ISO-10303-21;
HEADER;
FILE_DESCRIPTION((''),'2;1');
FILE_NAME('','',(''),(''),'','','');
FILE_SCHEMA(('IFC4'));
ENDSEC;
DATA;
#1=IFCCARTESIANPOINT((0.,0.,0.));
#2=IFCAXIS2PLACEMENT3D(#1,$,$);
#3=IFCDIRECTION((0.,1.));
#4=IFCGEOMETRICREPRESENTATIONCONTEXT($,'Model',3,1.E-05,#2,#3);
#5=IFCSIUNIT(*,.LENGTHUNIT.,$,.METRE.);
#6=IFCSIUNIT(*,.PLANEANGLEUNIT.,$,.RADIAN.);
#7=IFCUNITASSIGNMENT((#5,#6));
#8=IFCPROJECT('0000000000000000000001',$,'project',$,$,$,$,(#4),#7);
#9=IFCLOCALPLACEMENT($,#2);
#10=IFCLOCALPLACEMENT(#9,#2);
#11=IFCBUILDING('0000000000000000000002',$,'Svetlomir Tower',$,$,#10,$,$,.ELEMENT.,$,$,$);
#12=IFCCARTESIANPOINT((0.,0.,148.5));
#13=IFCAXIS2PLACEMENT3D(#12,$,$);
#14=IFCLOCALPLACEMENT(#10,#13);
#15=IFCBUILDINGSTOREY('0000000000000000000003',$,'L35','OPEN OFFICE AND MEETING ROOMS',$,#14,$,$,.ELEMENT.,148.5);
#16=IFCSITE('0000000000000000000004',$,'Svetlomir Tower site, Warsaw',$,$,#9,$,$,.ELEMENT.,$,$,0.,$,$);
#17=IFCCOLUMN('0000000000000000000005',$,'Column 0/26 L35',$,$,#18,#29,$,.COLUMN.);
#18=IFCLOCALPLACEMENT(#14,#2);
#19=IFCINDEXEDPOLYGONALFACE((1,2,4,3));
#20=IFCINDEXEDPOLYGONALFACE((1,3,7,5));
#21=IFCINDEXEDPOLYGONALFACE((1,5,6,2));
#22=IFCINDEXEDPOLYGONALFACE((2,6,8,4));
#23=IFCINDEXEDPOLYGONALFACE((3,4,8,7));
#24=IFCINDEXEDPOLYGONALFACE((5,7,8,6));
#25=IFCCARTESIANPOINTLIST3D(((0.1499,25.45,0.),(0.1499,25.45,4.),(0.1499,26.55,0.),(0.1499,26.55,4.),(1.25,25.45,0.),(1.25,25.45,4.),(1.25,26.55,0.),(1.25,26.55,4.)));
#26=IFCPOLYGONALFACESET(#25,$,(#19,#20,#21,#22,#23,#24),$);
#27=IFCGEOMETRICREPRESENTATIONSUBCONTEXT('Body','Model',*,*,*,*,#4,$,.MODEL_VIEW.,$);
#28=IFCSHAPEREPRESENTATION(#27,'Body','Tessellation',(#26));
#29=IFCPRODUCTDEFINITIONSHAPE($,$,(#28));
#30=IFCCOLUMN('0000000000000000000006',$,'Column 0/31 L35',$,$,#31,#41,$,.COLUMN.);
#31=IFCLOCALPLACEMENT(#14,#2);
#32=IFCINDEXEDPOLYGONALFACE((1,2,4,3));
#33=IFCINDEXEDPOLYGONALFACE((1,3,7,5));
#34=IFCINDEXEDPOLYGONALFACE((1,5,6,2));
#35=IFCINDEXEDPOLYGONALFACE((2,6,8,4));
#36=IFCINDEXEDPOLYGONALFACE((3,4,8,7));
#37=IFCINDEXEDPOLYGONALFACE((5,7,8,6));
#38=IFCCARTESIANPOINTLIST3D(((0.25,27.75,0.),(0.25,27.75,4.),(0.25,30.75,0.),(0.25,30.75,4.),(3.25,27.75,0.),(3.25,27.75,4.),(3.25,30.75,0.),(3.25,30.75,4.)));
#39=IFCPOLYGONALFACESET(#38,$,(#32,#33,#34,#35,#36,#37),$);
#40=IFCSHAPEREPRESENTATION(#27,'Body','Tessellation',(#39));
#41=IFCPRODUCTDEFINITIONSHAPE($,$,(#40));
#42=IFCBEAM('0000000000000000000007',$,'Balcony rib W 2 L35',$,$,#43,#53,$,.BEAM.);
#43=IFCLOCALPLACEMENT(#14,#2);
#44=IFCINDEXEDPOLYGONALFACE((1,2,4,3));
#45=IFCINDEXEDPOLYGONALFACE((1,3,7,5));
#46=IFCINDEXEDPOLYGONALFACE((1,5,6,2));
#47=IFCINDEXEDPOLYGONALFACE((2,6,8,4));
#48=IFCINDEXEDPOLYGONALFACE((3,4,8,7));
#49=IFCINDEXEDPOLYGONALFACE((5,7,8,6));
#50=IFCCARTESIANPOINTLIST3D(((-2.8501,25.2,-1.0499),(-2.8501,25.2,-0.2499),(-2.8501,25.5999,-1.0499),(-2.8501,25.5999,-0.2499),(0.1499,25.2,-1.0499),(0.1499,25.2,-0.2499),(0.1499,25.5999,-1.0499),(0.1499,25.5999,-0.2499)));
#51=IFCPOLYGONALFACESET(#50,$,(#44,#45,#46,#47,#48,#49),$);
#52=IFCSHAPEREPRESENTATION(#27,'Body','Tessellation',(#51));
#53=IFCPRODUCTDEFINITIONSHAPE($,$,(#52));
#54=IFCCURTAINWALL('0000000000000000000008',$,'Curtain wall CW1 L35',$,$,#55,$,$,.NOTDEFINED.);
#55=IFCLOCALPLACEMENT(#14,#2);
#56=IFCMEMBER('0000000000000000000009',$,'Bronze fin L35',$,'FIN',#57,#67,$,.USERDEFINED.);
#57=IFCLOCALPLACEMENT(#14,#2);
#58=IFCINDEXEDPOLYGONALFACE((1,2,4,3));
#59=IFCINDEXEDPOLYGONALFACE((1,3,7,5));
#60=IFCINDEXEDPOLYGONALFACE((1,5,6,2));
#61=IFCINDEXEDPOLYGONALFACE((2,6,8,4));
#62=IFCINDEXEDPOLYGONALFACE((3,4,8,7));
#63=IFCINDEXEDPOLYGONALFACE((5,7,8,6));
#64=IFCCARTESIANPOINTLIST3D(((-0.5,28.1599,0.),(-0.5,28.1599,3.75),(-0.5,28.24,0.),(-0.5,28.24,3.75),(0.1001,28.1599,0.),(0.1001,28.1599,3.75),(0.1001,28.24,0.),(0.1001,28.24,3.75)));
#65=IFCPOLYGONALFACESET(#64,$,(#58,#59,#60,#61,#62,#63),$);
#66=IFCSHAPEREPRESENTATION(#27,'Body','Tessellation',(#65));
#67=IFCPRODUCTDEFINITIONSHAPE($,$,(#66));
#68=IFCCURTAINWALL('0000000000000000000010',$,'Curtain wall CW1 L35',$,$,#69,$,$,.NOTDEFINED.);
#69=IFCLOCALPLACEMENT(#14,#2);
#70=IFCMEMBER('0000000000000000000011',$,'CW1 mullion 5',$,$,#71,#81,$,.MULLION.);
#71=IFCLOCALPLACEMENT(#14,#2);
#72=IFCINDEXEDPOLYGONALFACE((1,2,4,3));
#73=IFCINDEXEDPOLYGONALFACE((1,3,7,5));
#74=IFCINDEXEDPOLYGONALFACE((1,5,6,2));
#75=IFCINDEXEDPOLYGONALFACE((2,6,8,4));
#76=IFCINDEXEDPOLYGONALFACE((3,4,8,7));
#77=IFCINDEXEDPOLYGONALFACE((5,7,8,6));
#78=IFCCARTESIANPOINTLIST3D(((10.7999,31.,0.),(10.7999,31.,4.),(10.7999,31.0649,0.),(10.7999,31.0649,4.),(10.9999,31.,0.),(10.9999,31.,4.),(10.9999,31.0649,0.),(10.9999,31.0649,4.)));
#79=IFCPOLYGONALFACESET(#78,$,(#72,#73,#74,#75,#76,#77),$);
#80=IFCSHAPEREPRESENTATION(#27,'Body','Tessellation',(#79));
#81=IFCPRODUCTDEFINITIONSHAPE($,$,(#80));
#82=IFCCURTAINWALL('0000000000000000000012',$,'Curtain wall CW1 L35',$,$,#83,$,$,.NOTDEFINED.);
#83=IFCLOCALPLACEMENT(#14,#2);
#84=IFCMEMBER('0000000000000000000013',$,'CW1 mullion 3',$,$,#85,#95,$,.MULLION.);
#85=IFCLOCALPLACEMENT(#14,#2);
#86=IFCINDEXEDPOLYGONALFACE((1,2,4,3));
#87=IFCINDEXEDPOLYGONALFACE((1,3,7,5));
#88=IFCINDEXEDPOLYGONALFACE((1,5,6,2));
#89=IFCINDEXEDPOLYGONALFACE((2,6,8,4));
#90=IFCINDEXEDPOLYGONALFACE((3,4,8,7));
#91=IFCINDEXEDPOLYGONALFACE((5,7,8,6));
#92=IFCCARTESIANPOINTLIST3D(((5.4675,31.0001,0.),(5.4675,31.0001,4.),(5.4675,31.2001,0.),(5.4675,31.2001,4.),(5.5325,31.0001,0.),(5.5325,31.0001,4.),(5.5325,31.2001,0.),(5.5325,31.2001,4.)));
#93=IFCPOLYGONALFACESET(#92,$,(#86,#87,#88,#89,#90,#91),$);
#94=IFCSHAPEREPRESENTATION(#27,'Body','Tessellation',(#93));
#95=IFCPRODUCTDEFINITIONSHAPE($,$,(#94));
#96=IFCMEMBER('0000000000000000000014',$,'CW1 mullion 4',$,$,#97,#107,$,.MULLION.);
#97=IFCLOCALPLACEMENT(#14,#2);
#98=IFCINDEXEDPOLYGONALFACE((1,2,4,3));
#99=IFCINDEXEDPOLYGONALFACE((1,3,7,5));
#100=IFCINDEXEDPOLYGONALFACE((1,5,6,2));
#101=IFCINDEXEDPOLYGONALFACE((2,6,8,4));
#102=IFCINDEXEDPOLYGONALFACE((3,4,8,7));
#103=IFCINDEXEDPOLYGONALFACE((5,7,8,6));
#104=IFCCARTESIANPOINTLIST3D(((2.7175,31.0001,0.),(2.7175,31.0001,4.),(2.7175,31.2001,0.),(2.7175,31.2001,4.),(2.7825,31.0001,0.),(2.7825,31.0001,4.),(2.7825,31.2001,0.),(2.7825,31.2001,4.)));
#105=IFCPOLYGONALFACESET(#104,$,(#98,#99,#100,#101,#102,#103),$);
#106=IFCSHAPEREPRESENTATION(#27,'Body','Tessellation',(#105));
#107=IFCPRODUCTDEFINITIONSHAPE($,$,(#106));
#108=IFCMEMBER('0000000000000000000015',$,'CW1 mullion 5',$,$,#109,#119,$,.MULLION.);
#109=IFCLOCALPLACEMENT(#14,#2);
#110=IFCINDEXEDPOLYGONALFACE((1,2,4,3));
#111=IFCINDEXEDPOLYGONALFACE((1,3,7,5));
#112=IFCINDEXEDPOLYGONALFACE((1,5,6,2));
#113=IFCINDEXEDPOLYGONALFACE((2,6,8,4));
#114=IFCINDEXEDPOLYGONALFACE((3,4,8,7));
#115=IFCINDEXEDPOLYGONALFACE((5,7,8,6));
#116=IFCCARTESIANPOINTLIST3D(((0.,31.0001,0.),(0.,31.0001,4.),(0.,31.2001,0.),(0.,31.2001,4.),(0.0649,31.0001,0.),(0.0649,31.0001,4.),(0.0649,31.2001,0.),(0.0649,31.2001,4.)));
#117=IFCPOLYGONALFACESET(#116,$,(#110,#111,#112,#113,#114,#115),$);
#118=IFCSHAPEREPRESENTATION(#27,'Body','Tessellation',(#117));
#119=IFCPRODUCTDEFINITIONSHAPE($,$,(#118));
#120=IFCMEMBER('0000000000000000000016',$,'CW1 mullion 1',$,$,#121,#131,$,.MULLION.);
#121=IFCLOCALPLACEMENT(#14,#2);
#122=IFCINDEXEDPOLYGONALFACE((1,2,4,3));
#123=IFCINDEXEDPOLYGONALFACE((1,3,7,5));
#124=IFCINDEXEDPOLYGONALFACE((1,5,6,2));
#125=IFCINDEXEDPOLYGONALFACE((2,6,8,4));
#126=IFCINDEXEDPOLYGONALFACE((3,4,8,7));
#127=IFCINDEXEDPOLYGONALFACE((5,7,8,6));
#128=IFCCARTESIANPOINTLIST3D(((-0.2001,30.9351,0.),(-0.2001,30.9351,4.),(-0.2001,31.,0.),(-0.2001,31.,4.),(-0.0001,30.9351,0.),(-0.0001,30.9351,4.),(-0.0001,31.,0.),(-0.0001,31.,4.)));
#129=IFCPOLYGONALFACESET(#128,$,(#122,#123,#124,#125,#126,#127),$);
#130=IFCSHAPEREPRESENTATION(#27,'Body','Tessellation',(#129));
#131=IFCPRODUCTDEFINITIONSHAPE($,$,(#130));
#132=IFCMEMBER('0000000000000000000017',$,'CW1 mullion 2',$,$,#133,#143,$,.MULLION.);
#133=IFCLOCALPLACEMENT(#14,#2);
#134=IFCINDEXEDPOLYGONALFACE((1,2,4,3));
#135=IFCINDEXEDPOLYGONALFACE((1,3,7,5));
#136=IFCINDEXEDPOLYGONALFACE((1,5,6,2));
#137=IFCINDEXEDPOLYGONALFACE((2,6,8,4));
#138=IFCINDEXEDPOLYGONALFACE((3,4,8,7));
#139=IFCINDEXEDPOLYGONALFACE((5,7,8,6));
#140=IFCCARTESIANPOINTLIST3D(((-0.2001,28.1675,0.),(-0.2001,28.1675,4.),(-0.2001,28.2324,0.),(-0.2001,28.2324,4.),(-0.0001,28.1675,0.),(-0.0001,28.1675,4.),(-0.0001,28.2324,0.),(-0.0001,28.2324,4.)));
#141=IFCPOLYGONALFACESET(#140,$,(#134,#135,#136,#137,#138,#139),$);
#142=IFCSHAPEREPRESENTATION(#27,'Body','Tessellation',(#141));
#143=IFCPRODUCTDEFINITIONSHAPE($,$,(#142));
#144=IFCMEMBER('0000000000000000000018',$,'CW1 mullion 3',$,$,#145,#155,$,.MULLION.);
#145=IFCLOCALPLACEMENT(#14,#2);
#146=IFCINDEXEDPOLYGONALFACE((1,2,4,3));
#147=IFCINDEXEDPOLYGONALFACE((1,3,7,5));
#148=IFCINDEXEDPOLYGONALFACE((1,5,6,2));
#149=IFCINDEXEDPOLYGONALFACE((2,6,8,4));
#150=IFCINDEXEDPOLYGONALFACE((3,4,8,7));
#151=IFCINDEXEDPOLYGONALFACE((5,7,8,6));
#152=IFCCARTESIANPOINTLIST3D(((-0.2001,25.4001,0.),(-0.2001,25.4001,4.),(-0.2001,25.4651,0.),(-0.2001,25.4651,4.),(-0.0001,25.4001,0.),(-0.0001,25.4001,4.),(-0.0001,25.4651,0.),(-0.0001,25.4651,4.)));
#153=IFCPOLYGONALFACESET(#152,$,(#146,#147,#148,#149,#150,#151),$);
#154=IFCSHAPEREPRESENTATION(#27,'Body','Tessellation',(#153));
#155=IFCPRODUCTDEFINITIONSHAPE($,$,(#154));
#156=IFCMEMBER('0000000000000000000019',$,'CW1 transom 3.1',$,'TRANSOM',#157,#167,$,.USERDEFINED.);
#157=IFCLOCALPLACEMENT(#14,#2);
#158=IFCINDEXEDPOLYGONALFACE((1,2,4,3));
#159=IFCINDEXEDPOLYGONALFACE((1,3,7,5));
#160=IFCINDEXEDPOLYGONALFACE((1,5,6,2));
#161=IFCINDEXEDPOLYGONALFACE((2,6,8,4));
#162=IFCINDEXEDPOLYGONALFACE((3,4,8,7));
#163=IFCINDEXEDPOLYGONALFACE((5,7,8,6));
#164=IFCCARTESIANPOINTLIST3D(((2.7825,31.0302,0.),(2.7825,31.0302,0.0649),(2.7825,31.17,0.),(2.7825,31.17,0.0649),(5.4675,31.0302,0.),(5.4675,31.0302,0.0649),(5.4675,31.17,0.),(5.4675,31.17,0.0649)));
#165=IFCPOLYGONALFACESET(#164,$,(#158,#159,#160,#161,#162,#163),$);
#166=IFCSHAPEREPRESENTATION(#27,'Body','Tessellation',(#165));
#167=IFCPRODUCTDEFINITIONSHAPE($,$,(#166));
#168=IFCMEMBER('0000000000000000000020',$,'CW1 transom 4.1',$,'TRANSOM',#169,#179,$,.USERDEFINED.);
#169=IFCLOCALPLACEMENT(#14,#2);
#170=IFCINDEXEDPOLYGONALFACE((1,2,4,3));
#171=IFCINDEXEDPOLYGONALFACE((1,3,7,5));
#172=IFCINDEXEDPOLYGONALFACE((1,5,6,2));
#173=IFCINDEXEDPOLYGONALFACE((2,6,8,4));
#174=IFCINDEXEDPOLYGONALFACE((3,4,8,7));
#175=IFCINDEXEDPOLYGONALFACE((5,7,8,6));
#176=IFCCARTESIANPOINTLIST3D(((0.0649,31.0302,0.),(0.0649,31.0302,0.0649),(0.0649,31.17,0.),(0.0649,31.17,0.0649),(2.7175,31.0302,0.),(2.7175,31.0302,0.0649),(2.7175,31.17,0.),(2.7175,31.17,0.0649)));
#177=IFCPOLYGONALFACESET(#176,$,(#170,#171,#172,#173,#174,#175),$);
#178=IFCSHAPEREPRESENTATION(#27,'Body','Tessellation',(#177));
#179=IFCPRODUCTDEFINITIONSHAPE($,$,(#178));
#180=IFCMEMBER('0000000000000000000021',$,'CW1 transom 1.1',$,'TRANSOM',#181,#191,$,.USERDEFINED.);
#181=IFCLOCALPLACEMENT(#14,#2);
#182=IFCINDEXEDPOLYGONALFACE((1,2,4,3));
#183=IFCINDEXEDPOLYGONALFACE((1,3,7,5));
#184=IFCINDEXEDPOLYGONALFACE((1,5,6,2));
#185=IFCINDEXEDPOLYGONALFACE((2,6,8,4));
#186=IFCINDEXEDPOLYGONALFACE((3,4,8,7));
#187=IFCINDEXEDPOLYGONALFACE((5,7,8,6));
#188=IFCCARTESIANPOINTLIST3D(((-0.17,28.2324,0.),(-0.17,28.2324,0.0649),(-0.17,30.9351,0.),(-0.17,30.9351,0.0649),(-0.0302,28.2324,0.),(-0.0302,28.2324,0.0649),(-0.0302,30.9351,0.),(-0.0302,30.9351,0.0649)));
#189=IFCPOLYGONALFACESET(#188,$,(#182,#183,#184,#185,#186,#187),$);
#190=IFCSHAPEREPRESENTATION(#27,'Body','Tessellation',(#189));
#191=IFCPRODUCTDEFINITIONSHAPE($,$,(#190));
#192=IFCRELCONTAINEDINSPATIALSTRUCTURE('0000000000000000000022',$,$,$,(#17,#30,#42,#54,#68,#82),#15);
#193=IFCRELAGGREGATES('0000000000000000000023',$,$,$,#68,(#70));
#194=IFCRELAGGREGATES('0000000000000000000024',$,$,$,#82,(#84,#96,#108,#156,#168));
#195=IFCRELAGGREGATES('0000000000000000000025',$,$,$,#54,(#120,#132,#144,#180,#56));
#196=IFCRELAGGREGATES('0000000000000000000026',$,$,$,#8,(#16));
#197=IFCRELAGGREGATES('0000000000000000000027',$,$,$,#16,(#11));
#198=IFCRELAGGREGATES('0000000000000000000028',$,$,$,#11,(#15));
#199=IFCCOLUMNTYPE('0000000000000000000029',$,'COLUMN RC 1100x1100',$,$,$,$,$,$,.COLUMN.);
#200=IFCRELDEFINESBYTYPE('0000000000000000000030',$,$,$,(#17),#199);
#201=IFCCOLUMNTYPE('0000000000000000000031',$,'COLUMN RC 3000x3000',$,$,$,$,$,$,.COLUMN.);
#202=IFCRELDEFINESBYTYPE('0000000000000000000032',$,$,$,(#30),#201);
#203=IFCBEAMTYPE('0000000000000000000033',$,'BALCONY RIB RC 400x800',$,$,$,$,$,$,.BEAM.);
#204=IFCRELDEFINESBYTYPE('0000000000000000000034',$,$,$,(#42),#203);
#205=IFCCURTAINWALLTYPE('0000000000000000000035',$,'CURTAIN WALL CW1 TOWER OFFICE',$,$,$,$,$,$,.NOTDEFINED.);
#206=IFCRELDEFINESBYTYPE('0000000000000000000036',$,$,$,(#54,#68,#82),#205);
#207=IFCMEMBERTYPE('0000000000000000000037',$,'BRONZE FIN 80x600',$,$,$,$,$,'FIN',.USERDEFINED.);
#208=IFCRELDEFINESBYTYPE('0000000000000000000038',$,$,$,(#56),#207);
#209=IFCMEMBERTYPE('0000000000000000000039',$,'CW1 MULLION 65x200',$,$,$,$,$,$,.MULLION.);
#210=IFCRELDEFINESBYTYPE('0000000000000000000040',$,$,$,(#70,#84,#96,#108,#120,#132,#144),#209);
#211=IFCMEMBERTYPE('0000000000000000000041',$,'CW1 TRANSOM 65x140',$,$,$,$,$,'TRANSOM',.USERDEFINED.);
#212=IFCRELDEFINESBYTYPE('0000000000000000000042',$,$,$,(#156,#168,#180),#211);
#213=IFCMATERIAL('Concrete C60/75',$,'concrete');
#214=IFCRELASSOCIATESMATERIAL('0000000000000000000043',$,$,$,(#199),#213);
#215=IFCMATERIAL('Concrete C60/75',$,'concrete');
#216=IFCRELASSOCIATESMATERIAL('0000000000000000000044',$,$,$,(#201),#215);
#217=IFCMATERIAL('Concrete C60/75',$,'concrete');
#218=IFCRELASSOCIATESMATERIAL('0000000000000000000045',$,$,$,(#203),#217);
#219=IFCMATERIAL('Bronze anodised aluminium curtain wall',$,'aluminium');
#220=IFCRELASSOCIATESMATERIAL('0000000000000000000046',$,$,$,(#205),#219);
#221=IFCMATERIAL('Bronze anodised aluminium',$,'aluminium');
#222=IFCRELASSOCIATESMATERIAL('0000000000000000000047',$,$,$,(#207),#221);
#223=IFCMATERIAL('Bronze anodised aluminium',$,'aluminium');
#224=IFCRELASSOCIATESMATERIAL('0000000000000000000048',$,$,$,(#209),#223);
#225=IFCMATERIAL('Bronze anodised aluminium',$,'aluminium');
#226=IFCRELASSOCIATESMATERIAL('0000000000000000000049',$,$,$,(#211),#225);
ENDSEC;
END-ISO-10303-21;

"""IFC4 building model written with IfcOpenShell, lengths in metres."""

from ifc_helpers import new_model, si_unit, direction, frame, origin, origin_2d, place, context, subcontext, project, spatial, rectangle, extrude, material, material_profile, profile_set, type_object, element, aggregate, save


model = new_model("IFC4")

# Units and contexts
model_context = context("Model", 3, precision=1e-05, world=origin(), true_north=direction((0.0, 1.0)))
body_context = subcontext(model_context, "Body", "Model", "MODEL_VIEW")
ifc_project = project(units=[si_unit("LENGTHUNIT", "METRE"), si_unit("PLANEANGLEUNIT", "RADIAN")], contexts=[model_context])

# Site, building, storey
site_placement = place(None, origin())
site = spatial("IfcSite", under=ifc_project, at=site_placement, Name="Svetlomir Tower site, Warsaw", CompositionType="ELEMENT", RefElevation=0.0)
building_placement = place(site_placement, origin())
building = spatial("IfcBuilding", under=site, at=building_placement, Name="Svetlomir Tower", CompositionType="ELEMENT")
storey_placement = place(building_placement, frame((0.0, 0.0, 148.5)))
storey = spatial("IfcBuildingStorey", under=building, at=storey_placement, Name="L35", Description="OPEN OFFICE AND MEETING ROOMS", CompositionType="ELEMENT", Elevation=148.5)

# Columns
ifc_material_1 = material(Name="Concrete C60/75", Category="concrete")
ifc_material_profile_1 = material_profile(ifc_material_1, rectangle(XDim=1.1001, YDim=1.1001, at=origin_2d()), Name="RC 1100x1100")
ifc_profile_set_1 = profile_set([ifc_material_profile_1], Name="Concrete C60/75")
column_type_1 = type_object("IfcColumnType", Name="COLUMN RC 1100x1100", PredefinedType="COLUMN", material=ifc_profile_set_1)
column_1_placement = place(storey_placement, frame((0.7, 26.0, 0.0), z_axis=(0.0, 0.0, 1.0), x_axis=(1.0, 0.0, 0.0)))
element("IfcColumn", 1, at=column_1_placement, inside=storey, type_object=column_type_1, Name="Column 0/26 L35", PredefinedType="COLUMN", context=body_context, shape_type="SweptSolid", body=[
    extrude(rectangle(XDim=1.1001, YDim=1.1001, at=origin_2d()), origin(), (0.0, 0.0, 1.0), 4.0),
])
ifc_material_2 = material(Name="Concrete C60/75", Category="concrete")
ifc_material_profile_2 = material_profile(ifc_material_2, rectangle(XDim=3.0, YDim=3.0, at=origin_2d()), Name="RC 3000x3000")
ifc_profile_set_2 = profile_set([ifc_material_profile_2], Name="Concrete C60/75")
column_type_2 = type_object("IfcColumnType", Name="COLUMN RC 3000x3000", PredefinedType="COLUMN", material=ifc_profile_set_2)
column_2_placement = place(storey_placement, frame((1.75, 29.25, 0.0), z_axis=(0.0, 0.0, 1.0), x_axis=(1.0, 0.0, 0.0)))
element("IfcColumn", 2, at=column_2_placement, inside=storey, type_object=column_type_2, Name="Column 0/31 L35", PredefinedType="COLUMN", context=body_context, shape_type="SweptSolid", body=[
    extrude(rectangle(XDim=3.0, YDim=3.0, at=origin_2d()), origin(), (0.0, 0.0, 1.0), 4.0),
])

# Beam
ifc_material_3 = material(Name="Concrete C60/75", Category="concrete")
ifc_material_profile_3 = material_profile(ifc_material_3, rectangle(XDim=0.3999, YDim=0.8, at=origin_2d()), Name="RC 400x800")
ifc_profile_set_3 = profile_set([ifc_material_profile_3], Name="Concrete C60/75")
beam_type_1 = type_object("IfcBeamType", Name="BALCONY RIB RC 400x800", PredefinedType="BEAM", material=ifc_profile_set_3)
beam_1_placement = place(storey_placement, frame((0.1499, 25.3999, -0.6499), z_axis=(-1.0, 0.0, 0.0), x_axis=(0.0, -1.0, 0.0)))
element("IfcBeam", 3, at=beam_1_placement, inside=storey, type_object=beam_type_1, Name="Balcony rib W 2 L35", PredefinedType="BEAM", context=body_context, shape_type="SweptSolid", body=[
    extrude(rectangle(XDim=0.3999, YDim=0.8, at=origin_2d()), origin(), (0.0, 0.0, 1.0), 3.0),
])

# Curtain walls, members
ifc_material_4 = material(Name="Bronze anodised aluminium curtain wall", Category="aluminium")
curtain_wall_type = type_object("IfcCurtainWallType", Name="CURTAIN WALL CW1 TOWER OFFICE", PredefinedType="NOTDEFINED", material=ifc_material_4)
curtain_wall_1_placement = place(storey_placement, origin())
curtain_wall_1 = element("IfcCurtainWall", 4, at=curtain_wall_1_placement, inside=storey, type_object=curtain_wall_type, Name="Curtain wall CW1 L35", PredefinedType="NOTDEFINED")
ifc_material_5 = material(Name="Bronze anodised aluminium", Category="aluminium")
ifc_material_profile_4 = material_profile(ifc_material_5, rectangle(XDim=0.0801, YDim=0.6001, at=origin_2d()), Name="FIN 80x600")
ifc_profile_set_4 = profile_set([ifc_material_profile_4], Name="Bronze anodised aluminium 6063-T6")
member_type_1 = type_object("IfcMemberType", Name="BRONZE FIN 80x600", ElementType="FIN", PredefinedType="USERDEFINED", material=ifc_profile_set_4)
member_1_placement = place(storey_placement, frame((-0.2, 28.2, 0.0), z_axis=(0.0, 0.0, 1.0), x_axis=(0.0, 1.0, 0.0)))
member_1 = element("IfcMember", 5, at=member_1_placement, type_object=member_type_1, Name="Bronze fin L35", ObjectType="FIN", PredefinedType="USERDEFINED", context=body_context, shape_type="SweptSolid", body=[
    extrude(rectangle(XDim=0.0801, YDim=0.6001, at=origin_2d()), origin(), (0.0, 0.0, 1.0), 3.75),
])
curtain_wall_2_placement = place(storey_placement, origin())
curtain_wall_2 = element("IfcCurtainWall", 6, at=curtain_wall_2_placement, inside=storey, type_object=curtain_wall_type, Name="Curtain wall CW1 L35", PredefinedType="NOTDEFINED")
ifc_material_6 = material(Name="Bronze anodised aluminium", Category="aluminium")
ifc_material_profile_5 = material_profile(ifc_material_6, rectangle(XDim=0.0649, YDim=0.2, at=origin_2d()), Name="AL 65x200")
ifc_profile_set_5 = profile_set([ifc_material_profile_5], Name="Bronze anodised aluminium 6063-T6")
member_type_2 = type_object("IfcMemberType", Name="CW1 MULLION 65x200", PredefinedType="MULLION", material=ifc_profile_set_5)
member_2_placement = place(storey_placement, frame((10.8999, 31.0325, 0.0), z_axis=(0.0, 0.0, 1.0), x_axis=(0.0, -1.0, 0.0)))
member_2 = element("IfcMember", 7, at=member_2_placement, type_object=member_type_2, Name="CW1 mullion 5", PredefinedType="MULLION", context=body_context, shape_type="SweptSolid", body=[
    extrude(rectangle(XDim=0.0649, YDim=0.2, at=origin_2d()), origin(), (0.0, 0.0, 1.0), 4.0),
])
aggregate(curtain_wall_2, [member_2])

# Curtain wall, members
curtain_wall_3_placement = place(storey_placement, origin())
curtain_wall_3 = element("IfcCurtainWall", 8, at=curtain_wall_3_placement, inside=storey, type_object=curtain_wall_type, Name="Curtain wall CW1 L35", PredefinedType="NOTDEFINED")
member_3_placement = place(storey_placement, frame((5.5, 31.1001, 0.0), z_axis=(0.0, 0.0, 1.0), x_axis=(-1.0, 0.0, 0.0)))
member_3 = element("IfcMember", 9, at=member_3_placement, type_object=member_type_2, Name="CW1 mullion 3", PredefinedType="MULLION", context=body_context, shape_type="SweptSolid", body=[
    extrude(rectangle(XDim=0.0649, YDim=0.2, at=origin_2d()), origin(), (0.0, 0.0, 1.0), 4.0),
])
member_4_placement = place(storey_placement, frame((2.75, 31.1001, 0.0), z_axis=(0.0, 0.0, 1.0), x_axis=(-1.0, 0.0, 0.0)))
member_4 = element("IfcMember", 10, at=member_4_placement, type_object=member_type_2, Name="CW1 mullion 4", PredefinedType="MULLION", context=body_context, shape_type="SweptSolid", body=[
    extrude(rectangle(XDim=0.0649, YDim=0.2, at=origin_2d()), origin(), (0.0, 0.0, 1.0), 4.0),
])
member_5_placement = place(storey_placement, frame((0.0325, 31.1001, 0.0), z_axis=(0.0, 0.0, 1.0), x_axis=(-1.0, 0.0, 0.0)))
member_5 = element("IfcMember", 11, at=member_5_placement, type_object=member_type_2, Name="CW1 mullion 5", PredefinedType="MULLION", context=body_context, shape_type="SweptSolid", body=[
    extrude(rectangle(XDim=0.0649, YDim=0.2, at=origin_2d()), origin(), (0.0, 0.0, 1.0), 4.0),
])

# Members
member_6_placement = place(storey_placement, frame((-0.1001, 30.9675, 0.0), z_axis=(0.0, 0.0, 1.0), x_axis=(0.0, -1.0, 0.0)))
member_6 = element("IfcMember", 12, at=member_6_placement, type_object=member_type_2, Name="CW1 mullion 1", PredefinedType="MULLION", context=body_context, shape_type="SweptSolid", body=[
    extrude(rectangle(XDim=0.0649, YDim=0.2, at=origin_2d()), origin(), (0.0, 0.0, 1.0), 4.0),
])
member_7_placement = place(storey_placement, frame((-0.1001, 28.2, 0.0), z_axis=(0.0, 0.0, 1.0), x_axis=(0.0, -1.0, 0.0)))
member_7 = element("IfcMember", 13, at=member_7_placement, type_object=member_type_2, Name="CW1 mullion 2", PredefinedType="MULLION", context=body_context, shape_type="SweptSolid", body=[
    extrude(rectangle(XDim=0.0649, YDim=0.2, at=origin_2d()), origin(), (0.0, 0.0, 1.0), 4.0),
])
member_8_placement = place(storey_placement, frame((-0.1001, 25.4326, 0.0), z_axis=(0.0, 0.0, 1.0), x_axis=(0.0, -1.0, 0.0)))
member_8 = element("IfcMember", 14, at=member_8_placement, type_object=member_type_2, Name="CW1 mullion 3", PredefinedType="MULLION", context=body_context, shape_type="SweptSolid", body=[
    extrude(rectangle(XDim=0.0649, YDim=0.2, at=origin_2d()), origin(), (0.0, 0.0, 1.0), 4.0),
])
ifc_material_7 = material(Name="Bronze anodised aluminium", Category="aluminium")
ifc_material_profile_6 = material_profile(ifc_material_7, rectangle(XDim=0.1399, YDim=0.0649, at=origin_2d()), Name="AL 140x65")
ifc_profile_set_6 = profile_set([ifc_material_profile_6], Name="Bronze anodised aluminium 6063-T6")
member_type_3 = type_object("IfcMemberType", Name="CW1 TRANSOM 65x140", ElementType="TRANSOM", PredefinedType="USERDEFINED", material=ifc_profile_set_6)
member_9_placement = place(storey_placement, frame((5.4675, 31.1001, 0.0325), z_axis=(-1.0, 0.0, 0.0), x_axis=(0.0, -1.0, 0.0)))
member_9 = element("IfcMember", 15, at=member_9_placement, type_object=member_type_3, Name="CW1 transom 3.1", ObjectType="TRANSOM", PredefinedType="USERDEFINED", context=body_context, shape_type="SweptSolid", body=[
    extrude(rectangle(XDim=0.1399, YDim=0.0649, at=origin_2d()), origin(), (0.0, 0.0, 1.0), 2.6851),
])
member_10_placement = place(storey_placement, frame((2.7175, 31.1001, 0.0325), z_axis=(-1.0, 0.0, 0.0), x_axis=(0.0, -1.0, 0.0)))
member_10 = element("IfcMember", 16, at=member_10_placement, type_object=member_type_3, Name="CW1 transom 4.1", ObjectType="TRANSOM", PredefinedType="USERDEFINED", context=body_context, shape_type="SweptSolid", body=[
    extrude(rectangle(XDim=0.1399, YDim=0.0649, at=origin_2d()), origin(), (0.0, 0.0, 1.0), 2.6526),
])
member_11_placement = place(storey_placement, frame((-0.1001, 30.9351, 0.0325), z_axis=(0.0, -1.0, 0.0), x_axis=(1.0, 0.0, 0.0)))
member_11 = element("IfcMember", 17, at=member_11_placement, type_object=member_type_3, Name="CW1 transom 1.1", ObjectType="TRANSOM", PredefinedType="USERDEFINED", context=body_context, shape_type="SweptSolid", body=[
    extrude(rectangle(XDim=0.1399, YDim=0.0649, at=origin_2d()), origin(), (0.0, 0.0, 1.0), 2.7026),
])

aggregate(curtain_wall_3, [member_3, member_4, member_5, member_9, member_10])
aggregate(curtain_wall_1, [member_6, member_7, member_8, member_11, member_1])

save(model, "model.ifc")
